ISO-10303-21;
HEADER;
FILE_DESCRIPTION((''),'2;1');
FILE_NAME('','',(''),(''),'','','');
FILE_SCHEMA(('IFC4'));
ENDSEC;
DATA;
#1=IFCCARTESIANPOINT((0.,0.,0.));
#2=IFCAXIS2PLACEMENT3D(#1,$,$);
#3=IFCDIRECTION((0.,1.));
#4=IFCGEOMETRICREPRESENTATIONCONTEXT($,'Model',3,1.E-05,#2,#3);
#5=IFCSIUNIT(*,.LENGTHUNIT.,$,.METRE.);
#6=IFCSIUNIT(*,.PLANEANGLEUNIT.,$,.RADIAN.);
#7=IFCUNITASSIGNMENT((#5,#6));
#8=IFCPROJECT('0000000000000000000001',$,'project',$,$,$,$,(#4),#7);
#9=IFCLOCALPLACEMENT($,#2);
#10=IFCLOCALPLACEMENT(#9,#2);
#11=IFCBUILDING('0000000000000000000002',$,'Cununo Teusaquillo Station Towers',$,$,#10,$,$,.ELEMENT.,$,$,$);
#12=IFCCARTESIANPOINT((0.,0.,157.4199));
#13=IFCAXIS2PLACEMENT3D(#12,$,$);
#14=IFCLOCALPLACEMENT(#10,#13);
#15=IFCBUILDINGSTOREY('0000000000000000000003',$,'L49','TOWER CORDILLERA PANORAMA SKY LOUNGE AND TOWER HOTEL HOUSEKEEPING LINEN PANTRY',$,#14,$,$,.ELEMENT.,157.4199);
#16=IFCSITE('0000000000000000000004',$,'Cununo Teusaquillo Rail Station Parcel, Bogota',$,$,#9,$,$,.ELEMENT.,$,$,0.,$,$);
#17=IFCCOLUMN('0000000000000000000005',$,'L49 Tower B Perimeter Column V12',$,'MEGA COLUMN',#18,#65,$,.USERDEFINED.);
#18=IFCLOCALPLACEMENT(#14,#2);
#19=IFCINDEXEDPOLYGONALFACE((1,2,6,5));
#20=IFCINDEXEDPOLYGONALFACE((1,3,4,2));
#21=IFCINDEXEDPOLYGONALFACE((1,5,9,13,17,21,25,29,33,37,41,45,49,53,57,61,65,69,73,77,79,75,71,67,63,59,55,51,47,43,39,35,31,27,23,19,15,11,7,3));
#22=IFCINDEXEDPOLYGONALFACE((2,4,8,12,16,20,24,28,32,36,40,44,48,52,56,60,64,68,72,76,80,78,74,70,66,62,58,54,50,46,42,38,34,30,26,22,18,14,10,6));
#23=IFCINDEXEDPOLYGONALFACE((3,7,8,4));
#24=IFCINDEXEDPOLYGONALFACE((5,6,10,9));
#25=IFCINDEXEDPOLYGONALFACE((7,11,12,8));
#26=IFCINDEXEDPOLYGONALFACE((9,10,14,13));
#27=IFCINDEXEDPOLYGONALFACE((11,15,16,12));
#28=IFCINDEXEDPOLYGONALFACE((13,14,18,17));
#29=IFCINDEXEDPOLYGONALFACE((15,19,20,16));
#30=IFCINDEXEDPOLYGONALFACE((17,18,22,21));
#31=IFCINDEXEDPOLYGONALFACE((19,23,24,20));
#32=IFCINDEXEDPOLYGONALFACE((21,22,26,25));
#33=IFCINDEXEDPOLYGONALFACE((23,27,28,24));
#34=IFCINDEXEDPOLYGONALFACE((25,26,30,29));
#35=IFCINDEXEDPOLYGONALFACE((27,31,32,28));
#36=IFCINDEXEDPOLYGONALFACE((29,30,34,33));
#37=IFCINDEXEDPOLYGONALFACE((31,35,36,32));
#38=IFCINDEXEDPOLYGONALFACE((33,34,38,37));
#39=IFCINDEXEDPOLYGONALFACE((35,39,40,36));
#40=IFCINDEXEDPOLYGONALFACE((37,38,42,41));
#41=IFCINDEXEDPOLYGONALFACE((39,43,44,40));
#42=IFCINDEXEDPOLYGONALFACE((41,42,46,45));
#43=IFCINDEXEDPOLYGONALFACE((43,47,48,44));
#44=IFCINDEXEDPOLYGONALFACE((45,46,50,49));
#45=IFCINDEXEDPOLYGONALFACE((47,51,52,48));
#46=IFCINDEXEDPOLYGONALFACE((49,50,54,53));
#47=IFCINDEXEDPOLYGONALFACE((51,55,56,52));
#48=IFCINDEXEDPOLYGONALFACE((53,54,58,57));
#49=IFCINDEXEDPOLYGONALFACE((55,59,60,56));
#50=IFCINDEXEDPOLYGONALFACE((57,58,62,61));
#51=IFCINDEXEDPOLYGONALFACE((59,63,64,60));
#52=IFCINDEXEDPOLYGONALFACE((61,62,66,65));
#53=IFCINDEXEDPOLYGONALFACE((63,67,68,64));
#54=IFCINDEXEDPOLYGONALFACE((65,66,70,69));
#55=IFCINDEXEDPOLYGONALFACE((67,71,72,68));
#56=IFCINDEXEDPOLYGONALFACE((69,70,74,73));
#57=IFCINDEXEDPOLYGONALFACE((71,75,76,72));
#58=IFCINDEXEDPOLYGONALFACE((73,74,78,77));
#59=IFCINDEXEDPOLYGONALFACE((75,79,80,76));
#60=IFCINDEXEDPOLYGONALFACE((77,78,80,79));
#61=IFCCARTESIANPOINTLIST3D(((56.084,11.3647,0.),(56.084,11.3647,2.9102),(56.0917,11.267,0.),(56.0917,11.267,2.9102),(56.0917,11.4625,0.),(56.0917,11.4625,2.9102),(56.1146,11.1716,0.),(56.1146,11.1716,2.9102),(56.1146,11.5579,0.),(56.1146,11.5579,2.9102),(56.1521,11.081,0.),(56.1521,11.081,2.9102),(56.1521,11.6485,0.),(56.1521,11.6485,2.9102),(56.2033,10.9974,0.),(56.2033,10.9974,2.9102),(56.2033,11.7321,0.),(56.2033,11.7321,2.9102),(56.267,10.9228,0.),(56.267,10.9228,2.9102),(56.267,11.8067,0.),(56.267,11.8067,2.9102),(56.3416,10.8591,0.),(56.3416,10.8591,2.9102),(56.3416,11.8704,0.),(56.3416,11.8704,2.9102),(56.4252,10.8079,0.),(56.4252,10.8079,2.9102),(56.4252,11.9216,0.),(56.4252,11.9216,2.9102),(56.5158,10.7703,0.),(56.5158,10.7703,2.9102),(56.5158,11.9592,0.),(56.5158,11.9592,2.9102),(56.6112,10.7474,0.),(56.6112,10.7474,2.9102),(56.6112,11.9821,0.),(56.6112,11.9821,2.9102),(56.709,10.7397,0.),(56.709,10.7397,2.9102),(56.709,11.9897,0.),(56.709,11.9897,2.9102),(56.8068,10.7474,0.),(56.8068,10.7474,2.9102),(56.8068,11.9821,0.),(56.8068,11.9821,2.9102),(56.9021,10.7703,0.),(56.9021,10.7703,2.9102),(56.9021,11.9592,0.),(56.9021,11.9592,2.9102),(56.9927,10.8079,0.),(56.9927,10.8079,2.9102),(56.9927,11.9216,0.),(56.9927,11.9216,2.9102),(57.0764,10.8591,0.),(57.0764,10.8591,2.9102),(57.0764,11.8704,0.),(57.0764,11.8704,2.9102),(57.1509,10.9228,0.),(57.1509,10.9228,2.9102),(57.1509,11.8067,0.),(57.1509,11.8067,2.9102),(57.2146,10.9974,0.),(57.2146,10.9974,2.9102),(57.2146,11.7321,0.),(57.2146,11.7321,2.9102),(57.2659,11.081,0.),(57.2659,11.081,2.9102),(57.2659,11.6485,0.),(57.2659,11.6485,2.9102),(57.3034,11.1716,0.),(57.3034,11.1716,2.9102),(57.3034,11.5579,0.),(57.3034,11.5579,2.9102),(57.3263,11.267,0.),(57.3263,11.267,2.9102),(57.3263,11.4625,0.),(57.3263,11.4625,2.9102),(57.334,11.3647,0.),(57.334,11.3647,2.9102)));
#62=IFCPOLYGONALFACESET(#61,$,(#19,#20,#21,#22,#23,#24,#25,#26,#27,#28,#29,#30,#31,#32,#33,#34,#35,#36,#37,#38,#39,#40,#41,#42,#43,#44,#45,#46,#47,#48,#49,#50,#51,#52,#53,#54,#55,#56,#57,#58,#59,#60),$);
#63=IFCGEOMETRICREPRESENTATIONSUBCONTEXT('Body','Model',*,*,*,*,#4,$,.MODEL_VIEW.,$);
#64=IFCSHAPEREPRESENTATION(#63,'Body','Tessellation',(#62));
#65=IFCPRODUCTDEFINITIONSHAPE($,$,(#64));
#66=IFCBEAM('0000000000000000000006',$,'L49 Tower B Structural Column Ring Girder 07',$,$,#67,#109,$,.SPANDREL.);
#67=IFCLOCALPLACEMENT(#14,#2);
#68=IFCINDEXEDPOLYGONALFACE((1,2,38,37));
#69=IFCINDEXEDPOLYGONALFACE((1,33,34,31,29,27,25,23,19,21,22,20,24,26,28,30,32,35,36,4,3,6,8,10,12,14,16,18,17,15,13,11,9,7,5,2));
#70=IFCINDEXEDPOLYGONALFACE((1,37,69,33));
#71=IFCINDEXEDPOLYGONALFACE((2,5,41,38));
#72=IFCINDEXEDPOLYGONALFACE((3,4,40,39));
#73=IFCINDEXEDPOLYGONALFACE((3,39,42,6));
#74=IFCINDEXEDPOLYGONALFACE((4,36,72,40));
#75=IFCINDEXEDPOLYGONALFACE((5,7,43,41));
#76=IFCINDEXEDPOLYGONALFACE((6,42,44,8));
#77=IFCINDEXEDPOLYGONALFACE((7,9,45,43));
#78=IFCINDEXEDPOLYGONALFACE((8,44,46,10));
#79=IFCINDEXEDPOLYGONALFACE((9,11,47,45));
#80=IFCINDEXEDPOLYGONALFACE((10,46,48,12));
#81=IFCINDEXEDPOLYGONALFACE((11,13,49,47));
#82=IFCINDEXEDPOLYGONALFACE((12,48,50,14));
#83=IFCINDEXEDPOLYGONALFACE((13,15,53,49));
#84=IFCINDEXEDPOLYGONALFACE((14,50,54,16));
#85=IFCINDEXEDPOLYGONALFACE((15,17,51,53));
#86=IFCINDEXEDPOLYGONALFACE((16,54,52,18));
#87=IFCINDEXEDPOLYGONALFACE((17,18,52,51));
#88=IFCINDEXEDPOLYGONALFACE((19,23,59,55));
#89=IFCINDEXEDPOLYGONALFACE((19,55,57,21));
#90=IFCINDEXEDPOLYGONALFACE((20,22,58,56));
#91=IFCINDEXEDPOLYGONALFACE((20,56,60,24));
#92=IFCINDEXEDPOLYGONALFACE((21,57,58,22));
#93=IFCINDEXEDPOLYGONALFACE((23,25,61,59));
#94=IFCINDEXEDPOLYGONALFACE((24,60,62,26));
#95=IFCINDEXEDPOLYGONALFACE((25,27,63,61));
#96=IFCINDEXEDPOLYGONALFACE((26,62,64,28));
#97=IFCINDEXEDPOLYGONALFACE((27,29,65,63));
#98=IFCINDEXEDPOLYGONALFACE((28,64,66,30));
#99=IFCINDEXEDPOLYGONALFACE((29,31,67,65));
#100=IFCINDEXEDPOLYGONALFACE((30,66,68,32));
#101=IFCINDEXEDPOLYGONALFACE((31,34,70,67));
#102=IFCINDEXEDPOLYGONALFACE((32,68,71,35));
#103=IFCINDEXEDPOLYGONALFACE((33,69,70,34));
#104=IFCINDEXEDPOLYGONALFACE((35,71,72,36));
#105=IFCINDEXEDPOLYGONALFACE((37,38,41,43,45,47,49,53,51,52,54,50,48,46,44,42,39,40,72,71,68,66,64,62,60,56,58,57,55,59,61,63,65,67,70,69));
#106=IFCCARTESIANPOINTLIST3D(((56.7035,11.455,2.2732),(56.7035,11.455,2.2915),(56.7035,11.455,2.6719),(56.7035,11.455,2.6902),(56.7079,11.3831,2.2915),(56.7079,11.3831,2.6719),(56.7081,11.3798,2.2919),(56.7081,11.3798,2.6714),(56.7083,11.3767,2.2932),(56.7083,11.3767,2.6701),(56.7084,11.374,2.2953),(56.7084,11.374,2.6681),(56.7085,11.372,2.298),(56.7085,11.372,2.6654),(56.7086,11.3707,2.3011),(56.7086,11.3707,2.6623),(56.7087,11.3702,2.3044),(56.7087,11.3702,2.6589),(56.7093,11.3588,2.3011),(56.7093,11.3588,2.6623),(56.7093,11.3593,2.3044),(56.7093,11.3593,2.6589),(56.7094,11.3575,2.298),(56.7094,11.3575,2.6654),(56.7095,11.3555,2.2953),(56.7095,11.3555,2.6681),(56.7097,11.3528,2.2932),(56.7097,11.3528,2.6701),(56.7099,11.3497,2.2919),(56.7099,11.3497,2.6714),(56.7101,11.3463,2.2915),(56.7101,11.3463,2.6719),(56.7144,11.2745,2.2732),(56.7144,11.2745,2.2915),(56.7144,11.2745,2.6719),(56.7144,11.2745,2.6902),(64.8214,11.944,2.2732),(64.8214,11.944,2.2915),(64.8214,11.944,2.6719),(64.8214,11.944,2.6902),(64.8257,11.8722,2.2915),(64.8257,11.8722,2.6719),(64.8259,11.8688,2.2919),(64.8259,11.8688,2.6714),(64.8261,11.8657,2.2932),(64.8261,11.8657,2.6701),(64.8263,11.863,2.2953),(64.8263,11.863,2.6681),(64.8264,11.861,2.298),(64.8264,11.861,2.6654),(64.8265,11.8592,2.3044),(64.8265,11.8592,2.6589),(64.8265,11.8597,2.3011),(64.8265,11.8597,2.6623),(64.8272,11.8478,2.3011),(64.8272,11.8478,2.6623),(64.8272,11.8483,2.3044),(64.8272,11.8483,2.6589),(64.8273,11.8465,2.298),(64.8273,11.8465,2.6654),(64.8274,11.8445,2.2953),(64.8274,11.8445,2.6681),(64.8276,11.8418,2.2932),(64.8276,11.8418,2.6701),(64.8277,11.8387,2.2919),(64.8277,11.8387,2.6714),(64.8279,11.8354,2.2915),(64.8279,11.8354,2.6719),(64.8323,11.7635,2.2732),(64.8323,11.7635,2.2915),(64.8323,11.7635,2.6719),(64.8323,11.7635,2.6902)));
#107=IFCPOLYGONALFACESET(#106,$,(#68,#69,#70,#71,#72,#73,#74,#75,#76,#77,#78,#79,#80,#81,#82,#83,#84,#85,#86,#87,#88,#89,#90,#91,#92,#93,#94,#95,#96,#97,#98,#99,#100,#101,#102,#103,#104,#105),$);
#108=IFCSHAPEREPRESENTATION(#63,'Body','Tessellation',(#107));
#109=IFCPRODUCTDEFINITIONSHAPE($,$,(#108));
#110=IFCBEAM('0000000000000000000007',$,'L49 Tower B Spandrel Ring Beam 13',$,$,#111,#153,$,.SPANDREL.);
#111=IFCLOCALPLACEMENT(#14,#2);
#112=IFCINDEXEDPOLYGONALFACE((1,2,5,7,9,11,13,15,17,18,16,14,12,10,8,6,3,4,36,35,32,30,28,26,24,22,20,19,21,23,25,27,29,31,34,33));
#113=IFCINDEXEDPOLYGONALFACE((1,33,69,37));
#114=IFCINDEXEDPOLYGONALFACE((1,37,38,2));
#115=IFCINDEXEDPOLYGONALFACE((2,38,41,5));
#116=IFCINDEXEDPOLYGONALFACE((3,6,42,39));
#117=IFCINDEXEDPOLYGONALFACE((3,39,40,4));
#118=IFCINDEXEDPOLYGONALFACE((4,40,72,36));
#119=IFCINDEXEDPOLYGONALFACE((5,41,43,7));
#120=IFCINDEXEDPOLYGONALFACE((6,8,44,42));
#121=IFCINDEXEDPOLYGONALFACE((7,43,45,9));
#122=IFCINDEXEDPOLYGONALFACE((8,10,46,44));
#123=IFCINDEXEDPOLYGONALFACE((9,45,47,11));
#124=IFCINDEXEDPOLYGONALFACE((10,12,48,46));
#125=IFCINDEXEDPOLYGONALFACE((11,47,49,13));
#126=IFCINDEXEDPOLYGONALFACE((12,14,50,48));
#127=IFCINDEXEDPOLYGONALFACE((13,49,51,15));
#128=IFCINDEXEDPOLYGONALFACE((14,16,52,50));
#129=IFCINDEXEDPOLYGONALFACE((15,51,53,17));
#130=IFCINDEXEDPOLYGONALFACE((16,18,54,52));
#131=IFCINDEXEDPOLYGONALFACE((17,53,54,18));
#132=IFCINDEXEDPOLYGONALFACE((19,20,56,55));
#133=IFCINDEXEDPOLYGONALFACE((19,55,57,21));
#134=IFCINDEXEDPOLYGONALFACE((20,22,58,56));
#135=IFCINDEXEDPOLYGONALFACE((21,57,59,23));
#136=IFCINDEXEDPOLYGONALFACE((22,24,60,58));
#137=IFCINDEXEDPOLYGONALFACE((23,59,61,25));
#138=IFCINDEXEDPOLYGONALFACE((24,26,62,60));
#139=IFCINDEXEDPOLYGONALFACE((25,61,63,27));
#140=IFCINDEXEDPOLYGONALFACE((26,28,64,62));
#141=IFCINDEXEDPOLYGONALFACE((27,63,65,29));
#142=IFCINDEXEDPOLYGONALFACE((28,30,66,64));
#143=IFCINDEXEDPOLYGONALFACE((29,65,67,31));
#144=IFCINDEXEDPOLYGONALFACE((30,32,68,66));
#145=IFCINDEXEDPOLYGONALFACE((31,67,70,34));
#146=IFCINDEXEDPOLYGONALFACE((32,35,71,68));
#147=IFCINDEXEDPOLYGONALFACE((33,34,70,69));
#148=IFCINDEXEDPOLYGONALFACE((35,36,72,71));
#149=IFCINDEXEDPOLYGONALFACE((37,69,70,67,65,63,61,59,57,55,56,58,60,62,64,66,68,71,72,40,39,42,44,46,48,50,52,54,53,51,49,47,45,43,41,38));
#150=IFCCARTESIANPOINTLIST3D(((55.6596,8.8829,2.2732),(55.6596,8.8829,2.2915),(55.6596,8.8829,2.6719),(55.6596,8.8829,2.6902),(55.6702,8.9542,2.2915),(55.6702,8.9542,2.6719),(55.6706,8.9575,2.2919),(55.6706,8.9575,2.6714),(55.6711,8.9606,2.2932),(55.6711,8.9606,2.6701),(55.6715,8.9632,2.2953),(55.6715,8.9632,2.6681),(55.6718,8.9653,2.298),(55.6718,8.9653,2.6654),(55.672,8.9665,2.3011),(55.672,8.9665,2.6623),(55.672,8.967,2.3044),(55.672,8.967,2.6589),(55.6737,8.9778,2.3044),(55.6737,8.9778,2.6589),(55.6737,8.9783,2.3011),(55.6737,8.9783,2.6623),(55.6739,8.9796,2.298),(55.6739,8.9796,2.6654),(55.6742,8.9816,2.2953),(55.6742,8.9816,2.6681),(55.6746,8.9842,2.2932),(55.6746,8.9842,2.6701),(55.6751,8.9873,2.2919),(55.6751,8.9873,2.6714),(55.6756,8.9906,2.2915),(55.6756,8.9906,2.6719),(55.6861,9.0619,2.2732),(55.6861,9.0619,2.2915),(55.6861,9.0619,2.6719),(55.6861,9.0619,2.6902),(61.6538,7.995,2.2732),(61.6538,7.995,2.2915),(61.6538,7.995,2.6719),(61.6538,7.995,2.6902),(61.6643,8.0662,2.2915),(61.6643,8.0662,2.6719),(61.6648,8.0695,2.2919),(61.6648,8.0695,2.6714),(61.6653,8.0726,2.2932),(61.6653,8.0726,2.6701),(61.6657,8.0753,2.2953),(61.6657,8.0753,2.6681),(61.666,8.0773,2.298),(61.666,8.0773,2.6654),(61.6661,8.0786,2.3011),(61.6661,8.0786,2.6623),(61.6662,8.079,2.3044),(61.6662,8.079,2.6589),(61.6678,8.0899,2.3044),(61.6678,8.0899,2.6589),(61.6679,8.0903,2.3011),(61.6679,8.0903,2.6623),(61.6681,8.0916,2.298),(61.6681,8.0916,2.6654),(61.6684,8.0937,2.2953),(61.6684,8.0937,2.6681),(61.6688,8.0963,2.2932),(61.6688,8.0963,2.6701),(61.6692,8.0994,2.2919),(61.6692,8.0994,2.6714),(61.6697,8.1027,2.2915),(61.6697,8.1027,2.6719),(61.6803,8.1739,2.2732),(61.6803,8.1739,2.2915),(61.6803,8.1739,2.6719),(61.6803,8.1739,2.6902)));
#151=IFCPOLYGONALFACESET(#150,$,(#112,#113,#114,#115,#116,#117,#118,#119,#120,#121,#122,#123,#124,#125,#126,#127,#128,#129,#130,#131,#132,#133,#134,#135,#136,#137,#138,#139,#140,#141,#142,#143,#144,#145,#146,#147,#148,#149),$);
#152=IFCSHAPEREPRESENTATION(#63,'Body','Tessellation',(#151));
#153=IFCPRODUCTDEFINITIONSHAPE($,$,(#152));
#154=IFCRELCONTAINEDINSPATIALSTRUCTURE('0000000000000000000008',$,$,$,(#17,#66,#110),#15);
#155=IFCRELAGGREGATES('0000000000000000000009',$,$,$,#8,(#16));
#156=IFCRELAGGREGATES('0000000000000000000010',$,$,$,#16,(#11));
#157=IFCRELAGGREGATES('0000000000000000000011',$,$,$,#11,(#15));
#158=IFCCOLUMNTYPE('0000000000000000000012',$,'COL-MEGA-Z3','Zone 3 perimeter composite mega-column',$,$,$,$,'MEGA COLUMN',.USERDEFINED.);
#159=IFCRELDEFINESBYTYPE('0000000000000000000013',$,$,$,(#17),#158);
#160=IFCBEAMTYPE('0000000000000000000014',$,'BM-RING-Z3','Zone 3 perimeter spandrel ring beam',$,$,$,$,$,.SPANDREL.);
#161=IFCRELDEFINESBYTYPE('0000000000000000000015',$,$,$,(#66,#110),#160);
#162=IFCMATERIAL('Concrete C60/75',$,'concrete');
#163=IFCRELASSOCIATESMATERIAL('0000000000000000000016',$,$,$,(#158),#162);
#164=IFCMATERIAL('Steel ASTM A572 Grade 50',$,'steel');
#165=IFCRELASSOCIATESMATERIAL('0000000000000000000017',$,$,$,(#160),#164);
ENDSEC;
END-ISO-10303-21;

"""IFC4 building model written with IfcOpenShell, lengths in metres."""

from ifc_helpers import new_model, si_unit, direction, frame, origin, origin_2d, place, context, subcontext, project, spatial, circle, i_section, extrude, material, material_profile, profile_set, type_object, element, save


model = new_model("IFC4")

# Units and contexts
model_context = context("Model", 3, precision=1e-05, world=origin(), true_north=direction((0.0, 1.0)))
body_context = subcontext(model_context, "Body", "Model", "MODEL_VIEW")
ifc_project = project(units=[si_unit("LENGTHUNIT", "METRE"), si_unit("PLANEANGLEUNIT", "RADIAN")], contexts=[model_context])

# Site, building, storey
site_placement = place(None, origin())
site = spatial("IfcSite", under=ifc_project, at=site_placement, Name="Cununo Teusaquillo Rail Station Parcel, Bogota", CompositionType="ELEMENT", RefElevation=0.0)
building_placement = place(site_placement, origin())
building = spatial("IfcBuilding", under=site, at=building_placement, Name="Cununo Teusaquillo Station Towers", CompositionType="ELEMENT")
storey_placement = place(building_placement, frame((0.0, 0.0, 157.4199)))
storey = spatial("IfcBuildingStorey", under=building, at=storey_placement, Name="L49", Description="TOWER CORDILLERA PANORAMA SKY LOUNGE AND TOWER HOTEL HOUSEKEEPING LINEN PANTRY", CompositionType="ELEMENT", Elevation=157.4199)

# Column
ifc_material_1 = material(Name="Concrete C60/75", Category="concrete")
ifc_material_profile_1 = material_profile(ifc_material_1, circle(Radius=0.625, at=origin_2d()), Name="RC-CIRC-1250")
ifc_profile_set_1 = profile_set([ifc_material_profile_1], Name="Concrete C60/75")
column_type = type_object("IfcColumnType", Name="COL-MEGA-Z3", Description="Zone 3 perimeter composite mega-column", ElementType="MEGA COLUMN", PredefinedType="USERDEFINED", material=ifc_profile_set_1)
column_placement = place(storey_placement, frame((56.709, 11.3647, 0.0), z_axis=(0.0, 0.0, 1.0), x_axis=(1.0, 0.0, 0.0)))
element("IfcColumn", 1, at=column_placement, inside=storey, type_object=column_type, Name="L49 Tower B Perimeter Column V12", ObjectType="MEGA COLUMN", PredefinedType="USERDEFINED", context=body_context, shape_type="SweptSolid", body=[
    extrude(circle(Radius=0.625, at=origin_2d()), origin(), (0.0, 0.0, 1.0), 2.9102),
])

# Beams
ifc_material_2 = material(Name="Steel ASTM A572 Grade 50", Category="steel")
ifc_material_profile_2 = material_profile(ifc_material_2, i_section(OverallWidth=0.1809, OverallDepth=0.417, WebThickness=0.011, FlangeThickness=0.0183, FilletRadius=0.0129, at=origin_2d()), Name="W16X57")
ifc_profile_set_2 = profile_set([ifc_material_profile_2], Name="Steel ASTM A572 Grade 50")
beam_type = type_object("IfcBeamType", Name="BM-RING-Z3", Description="Zone 3 perimeter spandrel ring beam", PredefinedType="SPANDREL", material=ifc_profile_set_2)
beam_1_placement = place(storey_placement, frame((56.709, 11.3647, 2.4817), z_axis=(0.998191, 0.06013, 0.0), x_axis=(-0.06013, 0.998191, 0.0)))
element("IfcBeam", 2, at=beam_1_placement, inside=storey, type_object=beam_type, Name="L49 Tower B Structural Column Ring Girder 07", PredefinedType="SPANDREL", context=body_context, shape_type="SweptSolid", body=[
    extrude(i_section(OverallWidth=0.1809, OverallDepth=0.417, WebThickness=0.011, FlangeThickness=0.0183, FilletRadius=0.0129, at=origin_2d()), origin(), (0.0, 0.0, 1.0), 8.1326),
])
beam_2_placement = place(storey_placement, frame((55.6729, 8.9724, 2.4817), z_axis=(0.989205, -0.146536, 0.0), x_axis=(0.146536, 0.989205, 0.0)))
element("IfcBeam", 3, at=beam_2_placement, inside=storey, type_object=beam_type, Name="L49 Tower B Spandrel Ring Beam 13", PredefinedType="SPANDREL", context=body_context, shape_type="SweptSolid", body=[
    extrude(i_section(OverallWidth=0.1809, OverallDepth=0.417, WebThickness=0.011, FlangeThickness=0.0183, FilletRadius=0.0129, at=origin_2d()), origin(), (0.0, 0.0, 1.0), 6.0596),
])

save(model, "model.ifc")
